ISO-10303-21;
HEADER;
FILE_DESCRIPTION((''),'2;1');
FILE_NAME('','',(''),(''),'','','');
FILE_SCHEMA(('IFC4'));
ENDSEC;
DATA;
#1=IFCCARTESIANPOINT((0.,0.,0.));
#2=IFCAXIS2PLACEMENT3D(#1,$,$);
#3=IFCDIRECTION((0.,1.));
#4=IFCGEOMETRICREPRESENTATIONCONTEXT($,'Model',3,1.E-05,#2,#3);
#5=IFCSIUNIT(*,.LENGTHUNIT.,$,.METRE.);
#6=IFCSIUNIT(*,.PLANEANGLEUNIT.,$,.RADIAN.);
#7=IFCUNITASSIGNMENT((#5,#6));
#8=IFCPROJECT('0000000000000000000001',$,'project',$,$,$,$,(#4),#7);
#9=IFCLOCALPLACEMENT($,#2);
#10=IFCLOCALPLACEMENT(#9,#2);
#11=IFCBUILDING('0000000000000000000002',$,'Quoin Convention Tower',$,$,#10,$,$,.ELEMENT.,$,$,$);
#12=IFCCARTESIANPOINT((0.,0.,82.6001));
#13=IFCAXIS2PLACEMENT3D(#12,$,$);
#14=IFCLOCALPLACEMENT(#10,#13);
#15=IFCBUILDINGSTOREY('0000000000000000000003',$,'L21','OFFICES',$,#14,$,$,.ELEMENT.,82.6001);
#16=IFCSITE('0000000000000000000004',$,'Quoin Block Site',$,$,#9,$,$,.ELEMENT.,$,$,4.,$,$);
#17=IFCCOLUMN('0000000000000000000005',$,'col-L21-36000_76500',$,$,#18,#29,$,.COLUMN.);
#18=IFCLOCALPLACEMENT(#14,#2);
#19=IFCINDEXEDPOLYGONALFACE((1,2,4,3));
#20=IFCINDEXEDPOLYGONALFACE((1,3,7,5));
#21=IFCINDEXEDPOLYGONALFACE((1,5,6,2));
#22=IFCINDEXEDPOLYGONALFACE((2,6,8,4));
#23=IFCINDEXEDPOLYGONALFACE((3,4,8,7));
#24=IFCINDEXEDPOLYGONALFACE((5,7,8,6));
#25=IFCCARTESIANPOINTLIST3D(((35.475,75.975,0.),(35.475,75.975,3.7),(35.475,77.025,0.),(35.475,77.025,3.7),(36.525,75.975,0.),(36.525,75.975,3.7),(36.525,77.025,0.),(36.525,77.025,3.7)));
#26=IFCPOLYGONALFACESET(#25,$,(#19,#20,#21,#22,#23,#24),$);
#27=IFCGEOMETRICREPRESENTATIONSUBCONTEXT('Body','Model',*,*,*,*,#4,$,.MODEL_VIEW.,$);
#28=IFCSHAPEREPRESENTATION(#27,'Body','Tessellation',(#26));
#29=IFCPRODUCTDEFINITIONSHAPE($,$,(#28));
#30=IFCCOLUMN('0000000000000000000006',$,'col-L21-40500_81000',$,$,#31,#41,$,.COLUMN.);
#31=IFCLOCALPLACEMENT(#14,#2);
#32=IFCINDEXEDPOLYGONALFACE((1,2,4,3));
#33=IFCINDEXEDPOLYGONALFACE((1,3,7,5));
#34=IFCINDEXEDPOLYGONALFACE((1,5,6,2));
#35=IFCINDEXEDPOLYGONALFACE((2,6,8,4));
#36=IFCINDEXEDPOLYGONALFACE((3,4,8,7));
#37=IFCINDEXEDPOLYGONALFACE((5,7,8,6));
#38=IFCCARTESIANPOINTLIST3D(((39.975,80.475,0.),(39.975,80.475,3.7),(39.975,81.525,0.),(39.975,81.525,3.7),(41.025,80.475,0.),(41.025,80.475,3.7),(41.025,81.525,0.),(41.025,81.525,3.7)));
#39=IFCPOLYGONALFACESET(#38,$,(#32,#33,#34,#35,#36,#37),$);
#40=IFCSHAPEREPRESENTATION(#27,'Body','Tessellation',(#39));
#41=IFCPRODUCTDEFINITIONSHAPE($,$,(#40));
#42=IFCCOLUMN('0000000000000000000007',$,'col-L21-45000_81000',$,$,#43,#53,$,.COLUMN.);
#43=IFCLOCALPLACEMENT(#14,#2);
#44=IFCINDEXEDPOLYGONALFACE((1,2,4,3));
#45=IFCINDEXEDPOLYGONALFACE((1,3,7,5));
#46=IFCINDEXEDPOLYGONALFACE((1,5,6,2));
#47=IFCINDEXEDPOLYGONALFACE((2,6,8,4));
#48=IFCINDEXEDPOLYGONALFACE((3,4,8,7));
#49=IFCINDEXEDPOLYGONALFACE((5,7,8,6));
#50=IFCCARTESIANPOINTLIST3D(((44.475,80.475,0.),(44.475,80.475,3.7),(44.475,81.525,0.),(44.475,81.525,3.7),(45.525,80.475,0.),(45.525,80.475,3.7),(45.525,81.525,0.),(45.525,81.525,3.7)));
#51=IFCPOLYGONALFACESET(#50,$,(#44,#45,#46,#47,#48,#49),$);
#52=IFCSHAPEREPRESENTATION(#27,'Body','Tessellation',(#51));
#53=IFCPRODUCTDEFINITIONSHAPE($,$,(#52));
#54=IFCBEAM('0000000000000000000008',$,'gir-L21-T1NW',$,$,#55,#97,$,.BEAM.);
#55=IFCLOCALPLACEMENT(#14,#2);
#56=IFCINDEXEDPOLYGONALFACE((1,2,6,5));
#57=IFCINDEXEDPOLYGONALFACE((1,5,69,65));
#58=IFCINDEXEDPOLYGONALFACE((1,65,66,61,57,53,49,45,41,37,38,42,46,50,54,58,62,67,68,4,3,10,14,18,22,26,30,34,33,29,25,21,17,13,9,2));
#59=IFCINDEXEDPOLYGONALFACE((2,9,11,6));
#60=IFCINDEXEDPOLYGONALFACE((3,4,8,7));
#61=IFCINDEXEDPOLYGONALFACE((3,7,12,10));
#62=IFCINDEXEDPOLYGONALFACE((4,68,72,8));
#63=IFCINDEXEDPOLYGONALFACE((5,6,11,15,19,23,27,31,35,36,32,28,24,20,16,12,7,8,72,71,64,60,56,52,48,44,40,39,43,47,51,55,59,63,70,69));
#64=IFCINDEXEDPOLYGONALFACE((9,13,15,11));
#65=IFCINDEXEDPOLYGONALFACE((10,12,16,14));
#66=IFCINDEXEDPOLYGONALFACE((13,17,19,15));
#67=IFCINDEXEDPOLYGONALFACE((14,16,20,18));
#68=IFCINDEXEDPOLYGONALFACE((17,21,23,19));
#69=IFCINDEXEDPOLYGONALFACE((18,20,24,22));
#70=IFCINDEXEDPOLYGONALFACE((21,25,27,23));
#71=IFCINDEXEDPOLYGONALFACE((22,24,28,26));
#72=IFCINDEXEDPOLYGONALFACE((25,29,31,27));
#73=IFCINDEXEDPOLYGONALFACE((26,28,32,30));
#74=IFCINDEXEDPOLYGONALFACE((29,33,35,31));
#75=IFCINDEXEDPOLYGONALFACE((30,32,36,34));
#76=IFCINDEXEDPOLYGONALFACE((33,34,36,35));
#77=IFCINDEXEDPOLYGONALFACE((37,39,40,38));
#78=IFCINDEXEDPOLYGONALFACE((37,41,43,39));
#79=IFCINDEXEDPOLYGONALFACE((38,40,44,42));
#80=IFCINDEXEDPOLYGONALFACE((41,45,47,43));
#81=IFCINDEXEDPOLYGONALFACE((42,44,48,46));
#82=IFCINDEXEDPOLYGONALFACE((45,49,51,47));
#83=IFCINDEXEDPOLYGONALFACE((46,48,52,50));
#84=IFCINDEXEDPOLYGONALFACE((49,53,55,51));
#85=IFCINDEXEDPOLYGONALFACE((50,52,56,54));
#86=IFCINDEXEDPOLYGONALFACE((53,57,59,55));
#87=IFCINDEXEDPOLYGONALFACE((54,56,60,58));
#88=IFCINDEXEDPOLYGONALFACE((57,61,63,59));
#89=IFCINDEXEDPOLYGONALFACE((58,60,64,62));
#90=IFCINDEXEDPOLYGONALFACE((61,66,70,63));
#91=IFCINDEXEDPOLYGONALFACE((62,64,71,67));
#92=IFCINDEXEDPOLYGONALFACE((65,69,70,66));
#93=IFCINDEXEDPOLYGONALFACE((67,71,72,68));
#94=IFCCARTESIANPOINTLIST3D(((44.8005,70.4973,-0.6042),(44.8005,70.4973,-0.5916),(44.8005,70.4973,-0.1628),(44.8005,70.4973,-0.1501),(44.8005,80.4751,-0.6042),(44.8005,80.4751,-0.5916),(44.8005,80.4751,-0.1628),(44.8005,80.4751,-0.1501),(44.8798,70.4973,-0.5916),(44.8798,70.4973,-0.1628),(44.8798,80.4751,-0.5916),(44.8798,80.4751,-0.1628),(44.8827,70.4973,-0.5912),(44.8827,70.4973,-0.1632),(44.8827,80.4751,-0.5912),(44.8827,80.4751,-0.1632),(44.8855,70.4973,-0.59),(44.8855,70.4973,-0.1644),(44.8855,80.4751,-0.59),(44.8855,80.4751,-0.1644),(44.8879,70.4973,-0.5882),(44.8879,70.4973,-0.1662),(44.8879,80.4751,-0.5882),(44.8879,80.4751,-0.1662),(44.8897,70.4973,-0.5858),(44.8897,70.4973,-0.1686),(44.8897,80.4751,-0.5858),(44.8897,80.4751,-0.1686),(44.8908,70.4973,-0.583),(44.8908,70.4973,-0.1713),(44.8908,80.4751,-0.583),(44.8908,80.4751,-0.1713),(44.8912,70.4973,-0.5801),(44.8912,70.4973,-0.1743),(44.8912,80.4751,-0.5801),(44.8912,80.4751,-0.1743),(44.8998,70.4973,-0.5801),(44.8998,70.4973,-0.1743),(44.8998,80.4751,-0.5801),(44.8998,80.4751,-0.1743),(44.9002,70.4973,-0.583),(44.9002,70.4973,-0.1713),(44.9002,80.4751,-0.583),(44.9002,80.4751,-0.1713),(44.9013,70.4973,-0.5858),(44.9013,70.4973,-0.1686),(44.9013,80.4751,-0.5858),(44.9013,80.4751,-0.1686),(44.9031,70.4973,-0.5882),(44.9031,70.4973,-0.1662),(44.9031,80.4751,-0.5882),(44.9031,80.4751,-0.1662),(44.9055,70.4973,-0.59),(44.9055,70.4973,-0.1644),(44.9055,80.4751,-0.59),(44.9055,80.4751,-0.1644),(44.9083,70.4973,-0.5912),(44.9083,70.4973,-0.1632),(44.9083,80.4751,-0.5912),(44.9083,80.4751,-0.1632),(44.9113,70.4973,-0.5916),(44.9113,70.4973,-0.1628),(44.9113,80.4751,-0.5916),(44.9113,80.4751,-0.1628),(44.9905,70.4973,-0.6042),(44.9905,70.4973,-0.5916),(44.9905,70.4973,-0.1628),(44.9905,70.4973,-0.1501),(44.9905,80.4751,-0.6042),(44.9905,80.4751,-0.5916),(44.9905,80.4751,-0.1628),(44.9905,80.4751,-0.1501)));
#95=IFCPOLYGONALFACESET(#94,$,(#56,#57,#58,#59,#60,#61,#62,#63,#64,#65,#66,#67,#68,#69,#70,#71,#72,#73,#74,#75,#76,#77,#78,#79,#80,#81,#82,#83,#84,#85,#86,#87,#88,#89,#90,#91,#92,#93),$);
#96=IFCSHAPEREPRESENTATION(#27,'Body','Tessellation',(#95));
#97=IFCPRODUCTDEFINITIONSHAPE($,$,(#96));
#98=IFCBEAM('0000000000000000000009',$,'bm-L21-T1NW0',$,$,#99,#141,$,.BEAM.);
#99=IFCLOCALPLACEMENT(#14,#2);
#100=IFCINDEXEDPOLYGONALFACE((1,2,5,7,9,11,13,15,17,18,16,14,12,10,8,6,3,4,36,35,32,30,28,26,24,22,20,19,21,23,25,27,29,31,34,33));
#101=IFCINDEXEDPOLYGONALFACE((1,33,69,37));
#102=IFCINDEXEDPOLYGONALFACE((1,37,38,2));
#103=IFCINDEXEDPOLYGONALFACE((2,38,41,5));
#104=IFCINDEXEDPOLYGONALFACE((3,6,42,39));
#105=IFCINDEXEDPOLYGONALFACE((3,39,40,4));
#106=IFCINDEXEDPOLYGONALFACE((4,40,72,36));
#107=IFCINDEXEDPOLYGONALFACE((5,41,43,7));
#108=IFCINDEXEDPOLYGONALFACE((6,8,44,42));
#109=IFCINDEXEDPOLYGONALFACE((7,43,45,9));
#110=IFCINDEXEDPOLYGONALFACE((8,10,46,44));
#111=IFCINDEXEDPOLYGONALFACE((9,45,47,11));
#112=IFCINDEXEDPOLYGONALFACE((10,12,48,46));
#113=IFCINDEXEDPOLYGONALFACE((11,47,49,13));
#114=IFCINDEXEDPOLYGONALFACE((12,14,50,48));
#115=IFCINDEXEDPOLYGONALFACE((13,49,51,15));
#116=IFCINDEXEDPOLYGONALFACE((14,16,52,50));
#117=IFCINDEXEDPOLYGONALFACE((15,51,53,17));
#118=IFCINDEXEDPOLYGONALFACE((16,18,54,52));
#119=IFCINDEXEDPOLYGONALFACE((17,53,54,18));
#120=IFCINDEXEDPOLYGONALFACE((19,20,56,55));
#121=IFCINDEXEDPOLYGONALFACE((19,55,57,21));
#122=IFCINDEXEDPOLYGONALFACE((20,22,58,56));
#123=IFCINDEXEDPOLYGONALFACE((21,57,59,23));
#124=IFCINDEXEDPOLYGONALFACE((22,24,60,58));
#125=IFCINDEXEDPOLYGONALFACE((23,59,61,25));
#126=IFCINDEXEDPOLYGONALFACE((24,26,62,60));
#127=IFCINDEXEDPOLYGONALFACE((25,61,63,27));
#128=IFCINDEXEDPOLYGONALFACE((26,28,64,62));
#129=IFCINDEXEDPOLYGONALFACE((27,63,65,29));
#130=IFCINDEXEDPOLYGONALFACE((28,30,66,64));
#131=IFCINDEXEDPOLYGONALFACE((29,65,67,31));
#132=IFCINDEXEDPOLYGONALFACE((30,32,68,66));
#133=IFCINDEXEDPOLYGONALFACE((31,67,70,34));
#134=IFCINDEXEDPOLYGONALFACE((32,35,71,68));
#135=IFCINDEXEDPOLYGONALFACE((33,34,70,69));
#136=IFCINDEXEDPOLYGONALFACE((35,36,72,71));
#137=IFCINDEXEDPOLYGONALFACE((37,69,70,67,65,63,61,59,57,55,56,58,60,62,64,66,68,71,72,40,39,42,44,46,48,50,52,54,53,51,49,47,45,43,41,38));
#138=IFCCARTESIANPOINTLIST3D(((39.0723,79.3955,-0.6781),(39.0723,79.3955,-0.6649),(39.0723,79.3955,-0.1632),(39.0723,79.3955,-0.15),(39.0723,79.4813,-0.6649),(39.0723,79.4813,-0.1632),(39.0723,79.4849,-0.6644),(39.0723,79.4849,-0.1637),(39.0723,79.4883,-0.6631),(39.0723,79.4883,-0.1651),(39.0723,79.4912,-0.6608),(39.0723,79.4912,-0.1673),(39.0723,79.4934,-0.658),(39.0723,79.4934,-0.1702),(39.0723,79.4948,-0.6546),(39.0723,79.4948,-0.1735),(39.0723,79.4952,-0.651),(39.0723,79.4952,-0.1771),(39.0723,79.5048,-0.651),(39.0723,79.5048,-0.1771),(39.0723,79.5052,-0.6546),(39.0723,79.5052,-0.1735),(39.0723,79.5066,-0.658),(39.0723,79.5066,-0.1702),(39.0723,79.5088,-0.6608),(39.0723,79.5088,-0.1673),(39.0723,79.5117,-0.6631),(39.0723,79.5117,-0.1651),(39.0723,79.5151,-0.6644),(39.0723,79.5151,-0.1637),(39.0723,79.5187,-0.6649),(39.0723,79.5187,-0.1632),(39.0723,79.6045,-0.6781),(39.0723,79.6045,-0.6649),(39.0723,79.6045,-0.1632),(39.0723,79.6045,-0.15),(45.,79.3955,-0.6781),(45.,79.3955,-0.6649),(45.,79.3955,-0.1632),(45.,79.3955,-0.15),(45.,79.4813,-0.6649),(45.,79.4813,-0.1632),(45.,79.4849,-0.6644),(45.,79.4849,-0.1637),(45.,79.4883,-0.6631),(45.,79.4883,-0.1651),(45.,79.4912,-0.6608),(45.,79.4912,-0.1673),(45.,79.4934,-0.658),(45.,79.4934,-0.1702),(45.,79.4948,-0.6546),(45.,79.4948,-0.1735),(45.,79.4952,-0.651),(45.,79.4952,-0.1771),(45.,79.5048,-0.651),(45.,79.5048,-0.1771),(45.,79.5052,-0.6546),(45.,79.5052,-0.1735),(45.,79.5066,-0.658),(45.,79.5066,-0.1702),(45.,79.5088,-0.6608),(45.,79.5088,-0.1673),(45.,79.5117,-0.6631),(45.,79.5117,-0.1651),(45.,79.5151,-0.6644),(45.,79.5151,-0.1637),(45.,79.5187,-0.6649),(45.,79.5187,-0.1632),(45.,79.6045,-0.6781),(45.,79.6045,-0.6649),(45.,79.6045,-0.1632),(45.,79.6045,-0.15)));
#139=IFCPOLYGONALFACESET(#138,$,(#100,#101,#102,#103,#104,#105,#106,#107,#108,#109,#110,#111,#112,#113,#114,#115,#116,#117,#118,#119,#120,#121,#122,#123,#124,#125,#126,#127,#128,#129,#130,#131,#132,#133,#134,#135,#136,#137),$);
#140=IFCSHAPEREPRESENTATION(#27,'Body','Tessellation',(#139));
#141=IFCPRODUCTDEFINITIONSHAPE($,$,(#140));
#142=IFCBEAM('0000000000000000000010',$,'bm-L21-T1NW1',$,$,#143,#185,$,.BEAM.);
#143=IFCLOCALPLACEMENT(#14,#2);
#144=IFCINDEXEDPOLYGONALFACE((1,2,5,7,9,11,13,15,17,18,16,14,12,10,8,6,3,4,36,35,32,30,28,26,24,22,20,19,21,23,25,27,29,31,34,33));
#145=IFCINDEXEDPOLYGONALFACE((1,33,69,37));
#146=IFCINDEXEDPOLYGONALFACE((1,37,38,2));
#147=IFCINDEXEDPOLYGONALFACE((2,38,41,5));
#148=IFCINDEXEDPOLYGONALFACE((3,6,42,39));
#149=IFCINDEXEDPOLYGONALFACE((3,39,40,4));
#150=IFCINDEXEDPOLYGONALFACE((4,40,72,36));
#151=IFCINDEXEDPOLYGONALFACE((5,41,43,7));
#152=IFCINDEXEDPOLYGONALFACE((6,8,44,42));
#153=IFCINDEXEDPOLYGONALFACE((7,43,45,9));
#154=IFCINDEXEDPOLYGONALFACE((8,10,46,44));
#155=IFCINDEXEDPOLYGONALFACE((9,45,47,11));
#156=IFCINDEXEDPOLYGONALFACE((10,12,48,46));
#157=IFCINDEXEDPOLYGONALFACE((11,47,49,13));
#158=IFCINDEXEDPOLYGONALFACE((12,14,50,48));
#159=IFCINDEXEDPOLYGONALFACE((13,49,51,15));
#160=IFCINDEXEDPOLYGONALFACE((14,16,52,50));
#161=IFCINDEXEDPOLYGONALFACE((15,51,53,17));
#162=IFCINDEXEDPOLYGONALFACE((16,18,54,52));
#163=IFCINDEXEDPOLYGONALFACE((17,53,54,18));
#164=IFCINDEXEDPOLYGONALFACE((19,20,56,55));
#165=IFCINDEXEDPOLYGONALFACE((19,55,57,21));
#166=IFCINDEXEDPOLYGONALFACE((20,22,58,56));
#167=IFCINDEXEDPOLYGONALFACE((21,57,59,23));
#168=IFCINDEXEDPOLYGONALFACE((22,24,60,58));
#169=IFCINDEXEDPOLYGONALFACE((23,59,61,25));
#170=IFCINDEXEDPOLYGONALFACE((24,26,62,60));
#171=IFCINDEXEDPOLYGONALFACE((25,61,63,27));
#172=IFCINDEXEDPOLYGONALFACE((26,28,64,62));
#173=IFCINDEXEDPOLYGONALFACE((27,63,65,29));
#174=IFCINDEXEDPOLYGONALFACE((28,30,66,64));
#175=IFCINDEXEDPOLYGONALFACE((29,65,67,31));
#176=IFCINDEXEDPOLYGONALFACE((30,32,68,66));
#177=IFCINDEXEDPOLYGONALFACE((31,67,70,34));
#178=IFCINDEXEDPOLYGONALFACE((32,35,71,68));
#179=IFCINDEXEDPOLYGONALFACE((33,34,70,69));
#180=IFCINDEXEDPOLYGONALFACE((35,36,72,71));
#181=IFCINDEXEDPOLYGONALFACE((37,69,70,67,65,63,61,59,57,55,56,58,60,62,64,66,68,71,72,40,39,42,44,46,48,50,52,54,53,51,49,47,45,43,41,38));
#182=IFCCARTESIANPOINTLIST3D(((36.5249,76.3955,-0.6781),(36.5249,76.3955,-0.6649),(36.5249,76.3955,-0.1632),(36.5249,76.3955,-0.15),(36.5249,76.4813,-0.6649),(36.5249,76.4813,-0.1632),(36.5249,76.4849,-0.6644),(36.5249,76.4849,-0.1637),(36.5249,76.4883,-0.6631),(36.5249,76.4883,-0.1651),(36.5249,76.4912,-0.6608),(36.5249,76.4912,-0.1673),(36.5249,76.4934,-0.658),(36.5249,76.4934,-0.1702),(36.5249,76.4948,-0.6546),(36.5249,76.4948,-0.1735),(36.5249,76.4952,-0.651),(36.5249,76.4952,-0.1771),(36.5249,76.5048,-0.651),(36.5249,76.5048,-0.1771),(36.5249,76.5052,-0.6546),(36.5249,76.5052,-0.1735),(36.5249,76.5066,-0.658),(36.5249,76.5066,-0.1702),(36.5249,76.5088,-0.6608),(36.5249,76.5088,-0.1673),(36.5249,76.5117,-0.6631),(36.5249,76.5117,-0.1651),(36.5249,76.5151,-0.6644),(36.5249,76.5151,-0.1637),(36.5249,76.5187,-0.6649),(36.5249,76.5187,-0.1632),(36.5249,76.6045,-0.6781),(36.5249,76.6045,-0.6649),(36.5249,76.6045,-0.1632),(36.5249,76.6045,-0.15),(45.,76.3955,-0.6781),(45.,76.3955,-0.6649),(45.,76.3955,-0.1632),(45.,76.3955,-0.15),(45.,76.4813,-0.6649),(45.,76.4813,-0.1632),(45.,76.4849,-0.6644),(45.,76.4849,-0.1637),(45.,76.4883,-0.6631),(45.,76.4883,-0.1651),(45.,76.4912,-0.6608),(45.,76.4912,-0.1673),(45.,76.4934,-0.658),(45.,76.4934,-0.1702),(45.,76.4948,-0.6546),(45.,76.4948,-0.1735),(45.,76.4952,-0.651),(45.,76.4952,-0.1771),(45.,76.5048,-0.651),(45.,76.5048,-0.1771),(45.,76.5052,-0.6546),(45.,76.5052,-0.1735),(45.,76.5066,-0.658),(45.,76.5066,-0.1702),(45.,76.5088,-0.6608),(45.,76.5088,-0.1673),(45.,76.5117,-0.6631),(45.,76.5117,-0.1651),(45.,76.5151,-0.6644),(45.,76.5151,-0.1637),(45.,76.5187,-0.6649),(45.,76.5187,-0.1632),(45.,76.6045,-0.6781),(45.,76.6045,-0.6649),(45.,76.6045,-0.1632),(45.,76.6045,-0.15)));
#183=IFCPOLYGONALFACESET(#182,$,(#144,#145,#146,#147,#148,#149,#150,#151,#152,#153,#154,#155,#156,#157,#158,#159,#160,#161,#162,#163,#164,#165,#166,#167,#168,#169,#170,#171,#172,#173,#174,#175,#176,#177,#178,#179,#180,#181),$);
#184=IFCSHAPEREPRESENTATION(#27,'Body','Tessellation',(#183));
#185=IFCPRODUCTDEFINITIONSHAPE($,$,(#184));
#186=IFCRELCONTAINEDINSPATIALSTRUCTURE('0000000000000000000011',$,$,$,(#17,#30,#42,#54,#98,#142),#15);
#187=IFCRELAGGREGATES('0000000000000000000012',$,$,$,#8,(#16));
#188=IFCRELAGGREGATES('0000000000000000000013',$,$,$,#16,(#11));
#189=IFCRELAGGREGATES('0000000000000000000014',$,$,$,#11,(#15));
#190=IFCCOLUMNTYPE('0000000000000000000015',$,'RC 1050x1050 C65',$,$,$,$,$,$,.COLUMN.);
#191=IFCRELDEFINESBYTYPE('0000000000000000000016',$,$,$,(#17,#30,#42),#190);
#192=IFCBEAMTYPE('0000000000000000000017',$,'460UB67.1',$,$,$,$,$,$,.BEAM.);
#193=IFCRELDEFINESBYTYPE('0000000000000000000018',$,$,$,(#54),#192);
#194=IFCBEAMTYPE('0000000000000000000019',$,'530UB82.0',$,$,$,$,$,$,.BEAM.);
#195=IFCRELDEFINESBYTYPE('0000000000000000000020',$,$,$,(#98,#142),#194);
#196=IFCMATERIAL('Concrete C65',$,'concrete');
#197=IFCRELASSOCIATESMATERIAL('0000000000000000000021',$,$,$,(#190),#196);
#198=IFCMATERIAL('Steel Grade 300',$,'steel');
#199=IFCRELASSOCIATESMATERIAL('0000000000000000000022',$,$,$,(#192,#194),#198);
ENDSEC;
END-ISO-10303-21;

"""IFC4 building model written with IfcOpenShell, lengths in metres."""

from ifc_helpers import new_model, si_unit, direction, frame, origin, origin_2d, place, context, subcontext, project, spatial, rectangle, i_section, extrude, material, material_profile, profile_set, type_object, element, save


model = new_model("IFC4")

# Units and contexts
model_context = context("Model", 3, precision=1e-05, world=origin(), true_north=direction((0.0, 1.0)))
body_context = subcontext(model_context, "Body", "Model", "MODEL_VIEW")
ifc_project = project(units=[si_unit("LENGTHUNIT", "METRE"), si_unit("PLANEANGLEUNIT", "RADIAN")], contexts=[model_context])

# Site, building, storey
site_placement = place(None, origin())
site = spatial("IfcSite", under=ifc_project, at=site_placement, Name="Quoin Block Site", CompositionType="ELEMENT", RefElevation=4.0)
building_placement = place(site_placement, origin())
building = spatial("IfcBuilding", under=site, at=building_placement, Name="Quoin Convention Tower", CompositionType="ELEMENT")
storey_placement = place(building_placement, frame((0.0, 0.0, 82.6001)))
storey = spatial("IfcBuildingStorey", under=building, at=storey_placement, Name="L21", Description="OFFICES", CompositionType="ELEMENT", Elevation=82.6001)

# Columns
ifc_material_1 = material(Name="Concrete C65", Category="concrete")
ifc_material_profile_1 = material_profile(ifc_material_1, rectangle(XDim=1.05, YDim=1.05, at=origin_2d()), Name="RC 1050x1050")
ifc_profile_set_1 = profile_set([ifc_material_profile_1], Name="Concrete C65")
column_type = type_object("IfcColumnType", Name="RC 1050x1050 C65", PredefinedType="COLUMN", material=ifc_profile_set_1)
for number, where, z_axis, x_axis, name in (
    (1, (36.0, 76.5, 0.0), (0.0, 0.0, 1.0), (1.0, 0.0, 0.0), "col-L21-36000_76500"),
    (2, (40.5, 81.0, 0.0), (0.0, 0.0, 1.0), (1.0, 0.0, 0.0), "col-L21-40500_81000"),
    (3, (45.0, 81.0, 0.0), (0.0, 0.0, 1.0), (1.0, 0.0, 0.0), "col-L21-45000_81000"),
):
    element("IfcColumn", number, at=place(storey_placement, frame(where, z_axis=z_axis, x_axis=x_axis)), inside=storey, type_object=column_type, Name=name, PredefinedType="COLUMN", context=body_context, shape_type="SweptSolid", body=[
        extrude(rectangle(XDim=1.05, YDim=1.05, at=origin_2d()), origin(), (0.0, 0.0, 1.0), 3.7),
    ])

# Beams
ifc_material_2 = material(Name="Steel Grade 300", Category="steel")
ifc_material_profile_2 = material_profile(ifc_material_2, i_section(OverallWidth=0.1899, OverallDepth=0.4541, WebThickness=0.0085, FlangeThickness=0.0127, FilletRadius=0.0115, at=origin_2d()), Name="460UB67.1")
ifc_profile_set_2 = profile_set([ifc_material_profile_2], Name="Steel Grade 300")
beam_type_1 = type_object("IfcBeamType", Name="460UB67.1", PredefinedType="BEAM", material=ifc_profile_set_2)
beam_1_placement = place(storey_placement, frame((44.8955, 80.4751, -0.3772), z_axis=(0.0, -1.0, 0.0), x_axis=(1.0, 0.0, 0.0)))
element("IfcBeam", 4, at=beam_1_placement, inside=storey, type_object=beam_type_1, Name="gir-L21-T1NW", PredefinedType="BEAM", context=body_context, shape_type="SweptSolid", body=[
    extrude(i_section(OverallWidth=0.1899, OverallDepth=0.4541, WebThickness=0.0085, FlangeThickness=0.0127, FilletRadius=0.0115, at=origin_2d()), origin(), (0.0, 0.0, 1.0), 9.9778),
])
ifc_material_profile_3 = material_profile(ifc_material_2, i_section(OverallWidth=0.209, OverallDepth=0.5281, WebThickness=0.0095, FlangeThickness=0.0132, FilletRadius=0.0139, at=origin_2d()), Name="530UB82.0")
ifc_profile_set_3 = profile_set([ifc_material_profile_3], Name="Steel Grade 300")
beam_type_2 = type_object("IfcBeamType", Name="530UB82.0", PredefinedType="BEAM", material=ifc_profile_set_3)
beam_2_placement = place(storey_placement, frame((39.0723, 79.5, -0.4141), z_axis=(1.0, 0.0, 0.0), x_axis=(0.0, 1.0, 0.0)))
element("IfcBeam", 5, at=beam_2_placement, inside=storey, type_object=beam_type_2, Name="bm-L21-T1NW0", PredefinedType="BEAM", context=body_context, shape_type="SweptSolid", body=[
    extrude(i_section(OverallWidth=0.209, OverallDepth=0.5281, WebThickness=0.0095, FlangeThickness=0.0132, FilletRadius=0.0139, at=origin_2d()), origin(), (0.0, 0.0, 1.0), 5.9277),
])
beam_3_placement = place(storey_placement, frame((36.5249, 76.5, -0.4141), z_axis=(1.0, 0.0, 0.0), x_axis=(0.0, 1.0, 0.0)))
element("IfcBeam", 6, at=beam_3_placement, inside=storey, type_object=beam_type_2, Name="bm-L21-T1NW1", PredefinedType="BEAM", context=body_context, shape_type="SweptSolid", body=[
    extrude(i_section(OverallWidth=0.209, OverallDepth=0.5281, WebThickness=0.0095, FlangeThickness=0.0132, FilletRadius=0.0139, at=origin_2d()), origin(), (0.0, 0.0, 1.0), 8.4751),
])

save(model, "model.ifc")
